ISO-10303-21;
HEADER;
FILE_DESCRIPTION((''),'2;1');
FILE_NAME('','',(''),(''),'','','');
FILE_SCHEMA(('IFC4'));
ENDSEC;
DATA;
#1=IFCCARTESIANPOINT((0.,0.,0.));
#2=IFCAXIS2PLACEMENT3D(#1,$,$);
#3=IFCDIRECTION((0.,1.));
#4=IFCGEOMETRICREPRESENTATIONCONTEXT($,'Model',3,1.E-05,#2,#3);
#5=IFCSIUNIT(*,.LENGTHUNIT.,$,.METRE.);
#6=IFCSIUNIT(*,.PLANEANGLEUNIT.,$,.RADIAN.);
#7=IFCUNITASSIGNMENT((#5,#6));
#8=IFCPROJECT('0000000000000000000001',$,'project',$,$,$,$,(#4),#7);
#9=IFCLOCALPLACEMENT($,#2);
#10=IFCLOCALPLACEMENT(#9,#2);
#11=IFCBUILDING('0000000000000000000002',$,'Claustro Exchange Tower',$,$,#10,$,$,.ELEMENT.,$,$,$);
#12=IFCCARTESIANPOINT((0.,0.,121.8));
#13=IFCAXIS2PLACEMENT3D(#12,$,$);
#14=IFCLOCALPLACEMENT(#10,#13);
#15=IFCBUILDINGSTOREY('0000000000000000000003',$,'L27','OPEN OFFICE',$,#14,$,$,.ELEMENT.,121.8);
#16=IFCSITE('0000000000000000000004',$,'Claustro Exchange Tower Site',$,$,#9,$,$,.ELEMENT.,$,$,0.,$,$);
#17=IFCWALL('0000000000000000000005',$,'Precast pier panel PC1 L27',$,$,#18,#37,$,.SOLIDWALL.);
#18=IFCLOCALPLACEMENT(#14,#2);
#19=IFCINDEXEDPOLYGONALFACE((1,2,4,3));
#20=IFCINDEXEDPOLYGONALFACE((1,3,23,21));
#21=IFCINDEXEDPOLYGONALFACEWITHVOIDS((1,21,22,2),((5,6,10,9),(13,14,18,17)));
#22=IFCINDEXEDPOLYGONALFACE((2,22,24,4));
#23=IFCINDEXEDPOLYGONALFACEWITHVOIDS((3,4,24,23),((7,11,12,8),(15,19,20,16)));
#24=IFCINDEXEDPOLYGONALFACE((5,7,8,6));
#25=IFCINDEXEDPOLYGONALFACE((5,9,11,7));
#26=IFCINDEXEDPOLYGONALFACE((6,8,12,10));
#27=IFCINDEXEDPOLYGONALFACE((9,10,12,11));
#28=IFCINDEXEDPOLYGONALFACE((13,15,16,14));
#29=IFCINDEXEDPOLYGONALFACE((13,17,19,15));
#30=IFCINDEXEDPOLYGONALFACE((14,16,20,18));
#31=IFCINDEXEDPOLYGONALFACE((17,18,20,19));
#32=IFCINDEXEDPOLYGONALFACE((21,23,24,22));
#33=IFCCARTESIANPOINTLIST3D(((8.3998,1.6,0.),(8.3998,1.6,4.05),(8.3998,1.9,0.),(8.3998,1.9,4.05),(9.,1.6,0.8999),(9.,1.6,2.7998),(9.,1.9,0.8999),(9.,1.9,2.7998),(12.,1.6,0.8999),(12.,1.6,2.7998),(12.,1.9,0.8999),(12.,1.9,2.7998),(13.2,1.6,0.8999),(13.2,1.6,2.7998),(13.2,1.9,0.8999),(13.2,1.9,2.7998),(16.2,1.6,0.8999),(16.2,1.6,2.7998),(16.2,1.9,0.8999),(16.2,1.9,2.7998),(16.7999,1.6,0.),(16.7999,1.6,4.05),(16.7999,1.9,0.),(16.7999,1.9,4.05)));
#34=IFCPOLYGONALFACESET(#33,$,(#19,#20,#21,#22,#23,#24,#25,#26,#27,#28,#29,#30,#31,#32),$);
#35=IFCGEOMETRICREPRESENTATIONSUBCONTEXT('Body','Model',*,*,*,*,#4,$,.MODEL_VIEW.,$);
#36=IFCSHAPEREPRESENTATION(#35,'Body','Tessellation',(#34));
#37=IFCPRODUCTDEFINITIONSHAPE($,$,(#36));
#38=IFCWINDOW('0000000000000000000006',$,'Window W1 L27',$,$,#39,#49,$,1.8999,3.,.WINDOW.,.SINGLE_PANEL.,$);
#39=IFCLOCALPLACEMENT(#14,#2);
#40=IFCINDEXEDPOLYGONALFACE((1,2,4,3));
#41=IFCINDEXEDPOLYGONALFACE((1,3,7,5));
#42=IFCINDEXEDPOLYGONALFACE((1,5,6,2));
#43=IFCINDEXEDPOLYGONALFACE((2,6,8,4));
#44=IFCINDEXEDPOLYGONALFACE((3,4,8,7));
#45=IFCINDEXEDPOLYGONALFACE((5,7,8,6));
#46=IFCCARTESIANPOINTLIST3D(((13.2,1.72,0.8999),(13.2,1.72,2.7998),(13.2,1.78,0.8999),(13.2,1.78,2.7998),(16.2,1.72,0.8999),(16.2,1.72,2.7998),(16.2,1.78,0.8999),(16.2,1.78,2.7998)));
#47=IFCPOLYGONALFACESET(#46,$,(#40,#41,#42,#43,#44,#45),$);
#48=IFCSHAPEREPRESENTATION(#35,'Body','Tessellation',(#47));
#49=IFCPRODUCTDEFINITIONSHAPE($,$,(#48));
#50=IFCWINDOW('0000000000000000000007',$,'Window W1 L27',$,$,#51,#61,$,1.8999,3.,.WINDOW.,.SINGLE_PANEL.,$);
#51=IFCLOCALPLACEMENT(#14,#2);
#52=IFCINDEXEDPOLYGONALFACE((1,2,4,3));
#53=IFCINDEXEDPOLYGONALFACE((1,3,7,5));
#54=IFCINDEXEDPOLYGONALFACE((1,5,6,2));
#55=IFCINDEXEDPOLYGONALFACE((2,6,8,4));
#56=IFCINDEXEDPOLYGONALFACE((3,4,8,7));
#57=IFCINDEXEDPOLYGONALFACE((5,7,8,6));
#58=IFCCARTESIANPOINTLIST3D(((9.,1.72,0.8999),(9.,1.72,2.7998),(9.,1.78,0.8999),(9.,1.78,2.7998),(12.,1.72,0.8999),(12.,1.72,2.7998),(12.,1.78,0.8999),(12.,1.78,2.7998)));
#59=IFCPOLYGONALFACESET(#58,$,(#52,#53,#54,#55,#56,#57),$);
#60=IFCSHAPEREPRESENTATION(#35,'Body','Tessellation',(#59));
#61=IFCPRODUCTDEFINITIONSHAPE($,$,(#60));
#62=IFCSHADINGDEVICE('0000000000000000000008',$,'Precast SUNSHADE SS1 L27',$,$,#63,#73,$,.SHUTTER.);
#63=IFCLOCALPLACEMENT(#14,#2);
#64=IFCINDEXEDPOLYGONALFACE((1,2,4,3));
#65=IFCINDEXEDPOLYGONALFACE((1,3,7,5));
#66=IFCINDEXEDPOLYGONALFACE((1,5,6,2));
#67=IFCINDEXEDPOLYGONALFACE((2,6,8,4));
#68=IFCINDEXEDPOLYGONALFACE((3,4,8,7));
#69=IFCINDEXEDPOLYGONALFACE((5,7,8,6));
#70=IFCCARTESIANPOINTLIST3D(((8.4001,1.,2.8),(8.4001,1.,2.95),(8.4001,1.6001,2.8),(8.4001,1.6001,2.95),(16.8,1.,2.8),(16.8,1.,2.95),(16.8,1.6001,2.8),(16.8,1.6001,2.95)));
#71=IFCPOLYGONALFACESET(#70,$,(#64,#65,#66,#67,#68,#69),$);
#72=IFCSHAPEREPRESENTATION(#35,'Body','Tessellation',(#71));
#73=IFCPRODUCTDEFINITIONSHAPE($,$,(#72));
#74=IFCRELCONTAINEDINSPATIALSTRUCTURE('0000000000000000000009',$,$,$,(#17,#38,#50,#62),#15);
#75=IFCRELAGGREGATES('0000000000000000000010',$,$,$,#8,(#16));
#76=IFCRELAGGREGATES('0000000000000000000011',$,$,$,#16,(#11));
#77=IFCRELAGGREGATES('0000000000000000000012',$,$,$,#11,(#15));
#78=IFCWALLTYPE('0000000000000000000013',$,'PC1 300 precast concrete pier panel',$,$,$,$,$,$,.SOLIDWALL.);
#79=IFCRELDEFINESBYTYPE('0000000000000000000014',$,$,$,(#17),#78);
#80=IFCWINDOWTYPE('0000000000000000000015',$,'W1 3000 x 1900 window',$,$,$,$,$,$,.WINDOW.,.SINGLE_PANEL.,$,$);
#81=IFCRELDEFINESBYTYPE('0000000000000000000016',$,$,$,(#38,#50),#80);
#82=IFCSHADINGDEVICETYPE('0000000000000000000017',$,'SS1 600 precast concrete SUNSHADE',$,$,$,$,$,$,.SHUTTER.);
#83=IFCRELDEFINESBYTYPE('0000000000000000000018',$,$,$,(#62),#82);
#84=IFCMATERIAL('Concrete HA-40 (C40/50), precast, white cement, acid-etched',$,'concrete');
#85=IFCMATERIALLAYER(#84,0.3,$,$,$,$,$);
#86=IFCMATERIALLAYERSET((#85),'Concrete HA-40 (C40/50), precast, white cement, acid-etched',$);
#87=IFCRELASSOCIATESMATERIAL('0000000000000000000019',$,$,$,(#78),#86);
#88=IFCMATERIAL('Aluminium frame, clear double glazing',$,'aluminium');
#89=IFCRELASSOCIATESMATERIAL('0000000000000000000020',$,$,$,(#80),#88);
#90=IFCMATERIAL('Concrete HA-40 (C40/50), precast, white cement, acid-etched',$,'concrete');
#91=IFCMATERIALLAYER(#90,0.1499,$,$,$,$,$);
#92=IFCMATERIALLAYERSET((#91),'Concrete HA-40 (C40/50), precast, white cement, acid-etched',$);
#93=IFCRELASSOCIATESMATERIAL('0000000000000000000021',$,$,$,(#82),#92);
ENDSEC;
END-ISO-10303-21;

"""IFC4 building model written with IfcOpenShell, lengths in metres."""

from ifc_helpers import new_model, si_unit, direction, frame, frame_2d, origin, origin_2d, place, context, subcontext, project, spatial, rectangle, extrude, material, layer, layer_set, type_object, element, fill, save


model = new_model("IFC4")

# Units and contexts
model_context = context("Model", 3, precision=1e-05, world=origin(), true_north=direction((0.0, 1.0)))
body_context = subcontext(model_context, "Body", "Model", "MODEL_VIEW")
ifc_project = project(units=[si_unit("LENGTHUNIT", "METRE"), si_unit("PLANEANGLEUNIT", "RADIAN")], contexts=[model_context])

# Site, building, storey
site_placement = place(None, origin())
site = spatial("IfcSite", under=ifc_project, at=site_placement, Name="Claustro Exchange Tower Site", CompositionType="ELEMENT", RefElevation=0.0)
building_placement = place(site_placement, origin())
building = spatial("IfcBuilding", under=site, at=building_placement, Name="Claustro Exchange Tower", CompositionType="ELEMENT")
storey_placement = place(building_placement, frame((0.0, 0.0, 121.8)))
storey = spatial("IfcBuildingStorey", under=building, at=storey_placement, Name="L27", Description="OPEN OFFICE", CompositionType="ELEMENT", Elevation=121.8)

# Wall, openings, windows
ifc_material_1 = material(Name="Concrete HA-40 (C40/50), precast, white cement, acid-etched", Category="concrete")
ifc_layer_1 = layer(ifc_material_1, 0.3)
ifc_layer_set_1 = layer_set([ifc_layer_1], Name="Concrete HA-40 (C40/50), precast, white cement, acid-etched")
wall_type_1 = type_object("IfcWallType", Name="PC1 300 precast concrete pier panel", PredefinedType="SOLIDWALL", material=ifc_layer_set_1)
wall_1_placement = place(storey_placement, frame((16.8, 1.75, 0.0), z_axis=(0.0, 0.0, 1.0), x_axis=(-1.0, 0.0, 0.0)))
wall_1 = element("IfcWall", 1, at=wall_1_placement, inside=storey, type_object=wall_type_1, Name="Precast pier panel PC1 L27", PredefinedType="SOLIDWALL", context=body_context, shape_type="SweptSolid", body=[
    extrude(rectangle(XDim=8.4001, YDim=0.3, at=frame_2d((4.2002, 0.0))), origin(), (0.0, 0.0, 1.0), 4.05),
])
opening_1_placement = place(wall_1_placement, frame((0.6001, 0.0, 0.8999)))
opening_1 = element("IfcOpeningElement", 2, at=opening_1_placement, cuts=wall_1, PredefinedType="OPENING", context=body_context, shape_type="SweptSolid", body=[
    extrude(rectangle(XDim=3.0, YDim=1.8999, at=frame_2d((1.5, 0.95))), frame((0.0, 0.1599, 0.0), z_axis=(0.0, -1.0, 0.0), x_axis=(1.0, 0.0, 0.0)), (0.0, 0.0, 1.0), 0.3201),
])
opening_2_placement = place(wall_1_placement, frame((4.8, 0.0, 0.8999)))
opening_2 = element("IfcOpeningElement", 3, at=opening_2_placement, cuts=wall_1, PredefinedType="OPENING", context=body_context, shape_type="SweptSolid", body=[
    extrude(rectangle(XDim=3.0, YDim=1.8999, at=frame_2d((1.5, 0.95))), frame((0.0, 0.1599, 0.0), z_axis=(0.0, -1.0, 0.0), x_axis=(1.0, 0.0, 0.0)), (0.0, 0.0, 1.0), 0.3201),
])
ifc_material_2 = material(Name="Aluminium frame, clear double glazing", Category="aluminium")
window_type = type_object("IfcWindowType", Name="W1 3000 x 1900 window", PartitioningType="SINGLE_PANEL", PredefinedType="WINDOW", material=ifc_material_2)
window_1_placement = place(opening_1_placement, origin())
window_1 = element("IfcWindow", 4, at=window_1_placement, inside=storey, type_object=window_type, Name="Window W1 L27", OverallHeight=1.8999, OverallWidth=3.0, PartitioningType="SINGLE_PANEL", PredefinedType="WINDOW", context=body_context, shape_type="SweptSolid", body=[
    extrude(rectangle(XDim=3.0, YDim=1.8999, at=frame_2d((1.5, 0.95))), frame((0.0, 0.03, 0.0), z_axis=(0.0, -1.0, 0.0), x_axis=(1.0, 0.0, 0.0)), (0.0, 0.0, 1.0), 0.0601),
])
fill(opening_1, window_1)
window_2_placement = place(opening_2_placement, origin())
window_2 = element("IfcWindow", 5, at=window_2_placement, inside=storey, type_object=window_type, Name="Window W1 L27", OverallHeight=1.8999, OverallWidth=3.0, PartitioningType="SINGLE_PANEL", PredefinedType="WINDOW", context=body_context, shape_type="SweptSolid", body=[
    extrude(rectangle(XDim=3.0, YDim=1.8999, at=frame_2d((1.5, 0.95))), frame((0.0, 0.03, 0.0), z_axis=(0.0, -1.0, 0.0), x_axis=(1.0, 0.0, 0.0)), (0.0, 0.0, 1.0), 0.0601),
])
fill(opening_2, window_2)

# Shading device
ifc_material_3 = material(Name="Concrete HA-40 (C40/50), precast, white cement, acid-etched", Category="concrete")
ifc_layer_2 = layer(ifc_material_3, 0.1499)
ifc_layer_set_2 = layer_set([ifc_layer_2], Name="Concrete HA-40 (C40/50), precast, white cement, acid-etched")
shading_device_type = type_object("IfcShadingDeviceType", Name="SS1 600 precast concrete SUNSHADE", PredefinedType="SHUTTER", material=ifc_layer_set_2)
shading_device_placement = place(storey_placement, frame((12.6001, 1.3, 2.8), z_axis=(0.0, 0.0, 1.0), x_axis=(-1.0, 0.0, 0.0)))
element("IfcShadingDevice", 6, at=shading_device_placement, inside=storey, type_object=shading_device_type, Name="Precast SUNSHADE SS1 L27", PredefinedType="SHUTTER", context=body_context, shape_type="SweptSolid", body=[
    extrude(rectangle(XDim=8.3999, YDim=0.6001, at=origin_2d()), origin(), (0.0, 0.0, 1.0), 0.1499),
])

save(model, "model.ifc")
